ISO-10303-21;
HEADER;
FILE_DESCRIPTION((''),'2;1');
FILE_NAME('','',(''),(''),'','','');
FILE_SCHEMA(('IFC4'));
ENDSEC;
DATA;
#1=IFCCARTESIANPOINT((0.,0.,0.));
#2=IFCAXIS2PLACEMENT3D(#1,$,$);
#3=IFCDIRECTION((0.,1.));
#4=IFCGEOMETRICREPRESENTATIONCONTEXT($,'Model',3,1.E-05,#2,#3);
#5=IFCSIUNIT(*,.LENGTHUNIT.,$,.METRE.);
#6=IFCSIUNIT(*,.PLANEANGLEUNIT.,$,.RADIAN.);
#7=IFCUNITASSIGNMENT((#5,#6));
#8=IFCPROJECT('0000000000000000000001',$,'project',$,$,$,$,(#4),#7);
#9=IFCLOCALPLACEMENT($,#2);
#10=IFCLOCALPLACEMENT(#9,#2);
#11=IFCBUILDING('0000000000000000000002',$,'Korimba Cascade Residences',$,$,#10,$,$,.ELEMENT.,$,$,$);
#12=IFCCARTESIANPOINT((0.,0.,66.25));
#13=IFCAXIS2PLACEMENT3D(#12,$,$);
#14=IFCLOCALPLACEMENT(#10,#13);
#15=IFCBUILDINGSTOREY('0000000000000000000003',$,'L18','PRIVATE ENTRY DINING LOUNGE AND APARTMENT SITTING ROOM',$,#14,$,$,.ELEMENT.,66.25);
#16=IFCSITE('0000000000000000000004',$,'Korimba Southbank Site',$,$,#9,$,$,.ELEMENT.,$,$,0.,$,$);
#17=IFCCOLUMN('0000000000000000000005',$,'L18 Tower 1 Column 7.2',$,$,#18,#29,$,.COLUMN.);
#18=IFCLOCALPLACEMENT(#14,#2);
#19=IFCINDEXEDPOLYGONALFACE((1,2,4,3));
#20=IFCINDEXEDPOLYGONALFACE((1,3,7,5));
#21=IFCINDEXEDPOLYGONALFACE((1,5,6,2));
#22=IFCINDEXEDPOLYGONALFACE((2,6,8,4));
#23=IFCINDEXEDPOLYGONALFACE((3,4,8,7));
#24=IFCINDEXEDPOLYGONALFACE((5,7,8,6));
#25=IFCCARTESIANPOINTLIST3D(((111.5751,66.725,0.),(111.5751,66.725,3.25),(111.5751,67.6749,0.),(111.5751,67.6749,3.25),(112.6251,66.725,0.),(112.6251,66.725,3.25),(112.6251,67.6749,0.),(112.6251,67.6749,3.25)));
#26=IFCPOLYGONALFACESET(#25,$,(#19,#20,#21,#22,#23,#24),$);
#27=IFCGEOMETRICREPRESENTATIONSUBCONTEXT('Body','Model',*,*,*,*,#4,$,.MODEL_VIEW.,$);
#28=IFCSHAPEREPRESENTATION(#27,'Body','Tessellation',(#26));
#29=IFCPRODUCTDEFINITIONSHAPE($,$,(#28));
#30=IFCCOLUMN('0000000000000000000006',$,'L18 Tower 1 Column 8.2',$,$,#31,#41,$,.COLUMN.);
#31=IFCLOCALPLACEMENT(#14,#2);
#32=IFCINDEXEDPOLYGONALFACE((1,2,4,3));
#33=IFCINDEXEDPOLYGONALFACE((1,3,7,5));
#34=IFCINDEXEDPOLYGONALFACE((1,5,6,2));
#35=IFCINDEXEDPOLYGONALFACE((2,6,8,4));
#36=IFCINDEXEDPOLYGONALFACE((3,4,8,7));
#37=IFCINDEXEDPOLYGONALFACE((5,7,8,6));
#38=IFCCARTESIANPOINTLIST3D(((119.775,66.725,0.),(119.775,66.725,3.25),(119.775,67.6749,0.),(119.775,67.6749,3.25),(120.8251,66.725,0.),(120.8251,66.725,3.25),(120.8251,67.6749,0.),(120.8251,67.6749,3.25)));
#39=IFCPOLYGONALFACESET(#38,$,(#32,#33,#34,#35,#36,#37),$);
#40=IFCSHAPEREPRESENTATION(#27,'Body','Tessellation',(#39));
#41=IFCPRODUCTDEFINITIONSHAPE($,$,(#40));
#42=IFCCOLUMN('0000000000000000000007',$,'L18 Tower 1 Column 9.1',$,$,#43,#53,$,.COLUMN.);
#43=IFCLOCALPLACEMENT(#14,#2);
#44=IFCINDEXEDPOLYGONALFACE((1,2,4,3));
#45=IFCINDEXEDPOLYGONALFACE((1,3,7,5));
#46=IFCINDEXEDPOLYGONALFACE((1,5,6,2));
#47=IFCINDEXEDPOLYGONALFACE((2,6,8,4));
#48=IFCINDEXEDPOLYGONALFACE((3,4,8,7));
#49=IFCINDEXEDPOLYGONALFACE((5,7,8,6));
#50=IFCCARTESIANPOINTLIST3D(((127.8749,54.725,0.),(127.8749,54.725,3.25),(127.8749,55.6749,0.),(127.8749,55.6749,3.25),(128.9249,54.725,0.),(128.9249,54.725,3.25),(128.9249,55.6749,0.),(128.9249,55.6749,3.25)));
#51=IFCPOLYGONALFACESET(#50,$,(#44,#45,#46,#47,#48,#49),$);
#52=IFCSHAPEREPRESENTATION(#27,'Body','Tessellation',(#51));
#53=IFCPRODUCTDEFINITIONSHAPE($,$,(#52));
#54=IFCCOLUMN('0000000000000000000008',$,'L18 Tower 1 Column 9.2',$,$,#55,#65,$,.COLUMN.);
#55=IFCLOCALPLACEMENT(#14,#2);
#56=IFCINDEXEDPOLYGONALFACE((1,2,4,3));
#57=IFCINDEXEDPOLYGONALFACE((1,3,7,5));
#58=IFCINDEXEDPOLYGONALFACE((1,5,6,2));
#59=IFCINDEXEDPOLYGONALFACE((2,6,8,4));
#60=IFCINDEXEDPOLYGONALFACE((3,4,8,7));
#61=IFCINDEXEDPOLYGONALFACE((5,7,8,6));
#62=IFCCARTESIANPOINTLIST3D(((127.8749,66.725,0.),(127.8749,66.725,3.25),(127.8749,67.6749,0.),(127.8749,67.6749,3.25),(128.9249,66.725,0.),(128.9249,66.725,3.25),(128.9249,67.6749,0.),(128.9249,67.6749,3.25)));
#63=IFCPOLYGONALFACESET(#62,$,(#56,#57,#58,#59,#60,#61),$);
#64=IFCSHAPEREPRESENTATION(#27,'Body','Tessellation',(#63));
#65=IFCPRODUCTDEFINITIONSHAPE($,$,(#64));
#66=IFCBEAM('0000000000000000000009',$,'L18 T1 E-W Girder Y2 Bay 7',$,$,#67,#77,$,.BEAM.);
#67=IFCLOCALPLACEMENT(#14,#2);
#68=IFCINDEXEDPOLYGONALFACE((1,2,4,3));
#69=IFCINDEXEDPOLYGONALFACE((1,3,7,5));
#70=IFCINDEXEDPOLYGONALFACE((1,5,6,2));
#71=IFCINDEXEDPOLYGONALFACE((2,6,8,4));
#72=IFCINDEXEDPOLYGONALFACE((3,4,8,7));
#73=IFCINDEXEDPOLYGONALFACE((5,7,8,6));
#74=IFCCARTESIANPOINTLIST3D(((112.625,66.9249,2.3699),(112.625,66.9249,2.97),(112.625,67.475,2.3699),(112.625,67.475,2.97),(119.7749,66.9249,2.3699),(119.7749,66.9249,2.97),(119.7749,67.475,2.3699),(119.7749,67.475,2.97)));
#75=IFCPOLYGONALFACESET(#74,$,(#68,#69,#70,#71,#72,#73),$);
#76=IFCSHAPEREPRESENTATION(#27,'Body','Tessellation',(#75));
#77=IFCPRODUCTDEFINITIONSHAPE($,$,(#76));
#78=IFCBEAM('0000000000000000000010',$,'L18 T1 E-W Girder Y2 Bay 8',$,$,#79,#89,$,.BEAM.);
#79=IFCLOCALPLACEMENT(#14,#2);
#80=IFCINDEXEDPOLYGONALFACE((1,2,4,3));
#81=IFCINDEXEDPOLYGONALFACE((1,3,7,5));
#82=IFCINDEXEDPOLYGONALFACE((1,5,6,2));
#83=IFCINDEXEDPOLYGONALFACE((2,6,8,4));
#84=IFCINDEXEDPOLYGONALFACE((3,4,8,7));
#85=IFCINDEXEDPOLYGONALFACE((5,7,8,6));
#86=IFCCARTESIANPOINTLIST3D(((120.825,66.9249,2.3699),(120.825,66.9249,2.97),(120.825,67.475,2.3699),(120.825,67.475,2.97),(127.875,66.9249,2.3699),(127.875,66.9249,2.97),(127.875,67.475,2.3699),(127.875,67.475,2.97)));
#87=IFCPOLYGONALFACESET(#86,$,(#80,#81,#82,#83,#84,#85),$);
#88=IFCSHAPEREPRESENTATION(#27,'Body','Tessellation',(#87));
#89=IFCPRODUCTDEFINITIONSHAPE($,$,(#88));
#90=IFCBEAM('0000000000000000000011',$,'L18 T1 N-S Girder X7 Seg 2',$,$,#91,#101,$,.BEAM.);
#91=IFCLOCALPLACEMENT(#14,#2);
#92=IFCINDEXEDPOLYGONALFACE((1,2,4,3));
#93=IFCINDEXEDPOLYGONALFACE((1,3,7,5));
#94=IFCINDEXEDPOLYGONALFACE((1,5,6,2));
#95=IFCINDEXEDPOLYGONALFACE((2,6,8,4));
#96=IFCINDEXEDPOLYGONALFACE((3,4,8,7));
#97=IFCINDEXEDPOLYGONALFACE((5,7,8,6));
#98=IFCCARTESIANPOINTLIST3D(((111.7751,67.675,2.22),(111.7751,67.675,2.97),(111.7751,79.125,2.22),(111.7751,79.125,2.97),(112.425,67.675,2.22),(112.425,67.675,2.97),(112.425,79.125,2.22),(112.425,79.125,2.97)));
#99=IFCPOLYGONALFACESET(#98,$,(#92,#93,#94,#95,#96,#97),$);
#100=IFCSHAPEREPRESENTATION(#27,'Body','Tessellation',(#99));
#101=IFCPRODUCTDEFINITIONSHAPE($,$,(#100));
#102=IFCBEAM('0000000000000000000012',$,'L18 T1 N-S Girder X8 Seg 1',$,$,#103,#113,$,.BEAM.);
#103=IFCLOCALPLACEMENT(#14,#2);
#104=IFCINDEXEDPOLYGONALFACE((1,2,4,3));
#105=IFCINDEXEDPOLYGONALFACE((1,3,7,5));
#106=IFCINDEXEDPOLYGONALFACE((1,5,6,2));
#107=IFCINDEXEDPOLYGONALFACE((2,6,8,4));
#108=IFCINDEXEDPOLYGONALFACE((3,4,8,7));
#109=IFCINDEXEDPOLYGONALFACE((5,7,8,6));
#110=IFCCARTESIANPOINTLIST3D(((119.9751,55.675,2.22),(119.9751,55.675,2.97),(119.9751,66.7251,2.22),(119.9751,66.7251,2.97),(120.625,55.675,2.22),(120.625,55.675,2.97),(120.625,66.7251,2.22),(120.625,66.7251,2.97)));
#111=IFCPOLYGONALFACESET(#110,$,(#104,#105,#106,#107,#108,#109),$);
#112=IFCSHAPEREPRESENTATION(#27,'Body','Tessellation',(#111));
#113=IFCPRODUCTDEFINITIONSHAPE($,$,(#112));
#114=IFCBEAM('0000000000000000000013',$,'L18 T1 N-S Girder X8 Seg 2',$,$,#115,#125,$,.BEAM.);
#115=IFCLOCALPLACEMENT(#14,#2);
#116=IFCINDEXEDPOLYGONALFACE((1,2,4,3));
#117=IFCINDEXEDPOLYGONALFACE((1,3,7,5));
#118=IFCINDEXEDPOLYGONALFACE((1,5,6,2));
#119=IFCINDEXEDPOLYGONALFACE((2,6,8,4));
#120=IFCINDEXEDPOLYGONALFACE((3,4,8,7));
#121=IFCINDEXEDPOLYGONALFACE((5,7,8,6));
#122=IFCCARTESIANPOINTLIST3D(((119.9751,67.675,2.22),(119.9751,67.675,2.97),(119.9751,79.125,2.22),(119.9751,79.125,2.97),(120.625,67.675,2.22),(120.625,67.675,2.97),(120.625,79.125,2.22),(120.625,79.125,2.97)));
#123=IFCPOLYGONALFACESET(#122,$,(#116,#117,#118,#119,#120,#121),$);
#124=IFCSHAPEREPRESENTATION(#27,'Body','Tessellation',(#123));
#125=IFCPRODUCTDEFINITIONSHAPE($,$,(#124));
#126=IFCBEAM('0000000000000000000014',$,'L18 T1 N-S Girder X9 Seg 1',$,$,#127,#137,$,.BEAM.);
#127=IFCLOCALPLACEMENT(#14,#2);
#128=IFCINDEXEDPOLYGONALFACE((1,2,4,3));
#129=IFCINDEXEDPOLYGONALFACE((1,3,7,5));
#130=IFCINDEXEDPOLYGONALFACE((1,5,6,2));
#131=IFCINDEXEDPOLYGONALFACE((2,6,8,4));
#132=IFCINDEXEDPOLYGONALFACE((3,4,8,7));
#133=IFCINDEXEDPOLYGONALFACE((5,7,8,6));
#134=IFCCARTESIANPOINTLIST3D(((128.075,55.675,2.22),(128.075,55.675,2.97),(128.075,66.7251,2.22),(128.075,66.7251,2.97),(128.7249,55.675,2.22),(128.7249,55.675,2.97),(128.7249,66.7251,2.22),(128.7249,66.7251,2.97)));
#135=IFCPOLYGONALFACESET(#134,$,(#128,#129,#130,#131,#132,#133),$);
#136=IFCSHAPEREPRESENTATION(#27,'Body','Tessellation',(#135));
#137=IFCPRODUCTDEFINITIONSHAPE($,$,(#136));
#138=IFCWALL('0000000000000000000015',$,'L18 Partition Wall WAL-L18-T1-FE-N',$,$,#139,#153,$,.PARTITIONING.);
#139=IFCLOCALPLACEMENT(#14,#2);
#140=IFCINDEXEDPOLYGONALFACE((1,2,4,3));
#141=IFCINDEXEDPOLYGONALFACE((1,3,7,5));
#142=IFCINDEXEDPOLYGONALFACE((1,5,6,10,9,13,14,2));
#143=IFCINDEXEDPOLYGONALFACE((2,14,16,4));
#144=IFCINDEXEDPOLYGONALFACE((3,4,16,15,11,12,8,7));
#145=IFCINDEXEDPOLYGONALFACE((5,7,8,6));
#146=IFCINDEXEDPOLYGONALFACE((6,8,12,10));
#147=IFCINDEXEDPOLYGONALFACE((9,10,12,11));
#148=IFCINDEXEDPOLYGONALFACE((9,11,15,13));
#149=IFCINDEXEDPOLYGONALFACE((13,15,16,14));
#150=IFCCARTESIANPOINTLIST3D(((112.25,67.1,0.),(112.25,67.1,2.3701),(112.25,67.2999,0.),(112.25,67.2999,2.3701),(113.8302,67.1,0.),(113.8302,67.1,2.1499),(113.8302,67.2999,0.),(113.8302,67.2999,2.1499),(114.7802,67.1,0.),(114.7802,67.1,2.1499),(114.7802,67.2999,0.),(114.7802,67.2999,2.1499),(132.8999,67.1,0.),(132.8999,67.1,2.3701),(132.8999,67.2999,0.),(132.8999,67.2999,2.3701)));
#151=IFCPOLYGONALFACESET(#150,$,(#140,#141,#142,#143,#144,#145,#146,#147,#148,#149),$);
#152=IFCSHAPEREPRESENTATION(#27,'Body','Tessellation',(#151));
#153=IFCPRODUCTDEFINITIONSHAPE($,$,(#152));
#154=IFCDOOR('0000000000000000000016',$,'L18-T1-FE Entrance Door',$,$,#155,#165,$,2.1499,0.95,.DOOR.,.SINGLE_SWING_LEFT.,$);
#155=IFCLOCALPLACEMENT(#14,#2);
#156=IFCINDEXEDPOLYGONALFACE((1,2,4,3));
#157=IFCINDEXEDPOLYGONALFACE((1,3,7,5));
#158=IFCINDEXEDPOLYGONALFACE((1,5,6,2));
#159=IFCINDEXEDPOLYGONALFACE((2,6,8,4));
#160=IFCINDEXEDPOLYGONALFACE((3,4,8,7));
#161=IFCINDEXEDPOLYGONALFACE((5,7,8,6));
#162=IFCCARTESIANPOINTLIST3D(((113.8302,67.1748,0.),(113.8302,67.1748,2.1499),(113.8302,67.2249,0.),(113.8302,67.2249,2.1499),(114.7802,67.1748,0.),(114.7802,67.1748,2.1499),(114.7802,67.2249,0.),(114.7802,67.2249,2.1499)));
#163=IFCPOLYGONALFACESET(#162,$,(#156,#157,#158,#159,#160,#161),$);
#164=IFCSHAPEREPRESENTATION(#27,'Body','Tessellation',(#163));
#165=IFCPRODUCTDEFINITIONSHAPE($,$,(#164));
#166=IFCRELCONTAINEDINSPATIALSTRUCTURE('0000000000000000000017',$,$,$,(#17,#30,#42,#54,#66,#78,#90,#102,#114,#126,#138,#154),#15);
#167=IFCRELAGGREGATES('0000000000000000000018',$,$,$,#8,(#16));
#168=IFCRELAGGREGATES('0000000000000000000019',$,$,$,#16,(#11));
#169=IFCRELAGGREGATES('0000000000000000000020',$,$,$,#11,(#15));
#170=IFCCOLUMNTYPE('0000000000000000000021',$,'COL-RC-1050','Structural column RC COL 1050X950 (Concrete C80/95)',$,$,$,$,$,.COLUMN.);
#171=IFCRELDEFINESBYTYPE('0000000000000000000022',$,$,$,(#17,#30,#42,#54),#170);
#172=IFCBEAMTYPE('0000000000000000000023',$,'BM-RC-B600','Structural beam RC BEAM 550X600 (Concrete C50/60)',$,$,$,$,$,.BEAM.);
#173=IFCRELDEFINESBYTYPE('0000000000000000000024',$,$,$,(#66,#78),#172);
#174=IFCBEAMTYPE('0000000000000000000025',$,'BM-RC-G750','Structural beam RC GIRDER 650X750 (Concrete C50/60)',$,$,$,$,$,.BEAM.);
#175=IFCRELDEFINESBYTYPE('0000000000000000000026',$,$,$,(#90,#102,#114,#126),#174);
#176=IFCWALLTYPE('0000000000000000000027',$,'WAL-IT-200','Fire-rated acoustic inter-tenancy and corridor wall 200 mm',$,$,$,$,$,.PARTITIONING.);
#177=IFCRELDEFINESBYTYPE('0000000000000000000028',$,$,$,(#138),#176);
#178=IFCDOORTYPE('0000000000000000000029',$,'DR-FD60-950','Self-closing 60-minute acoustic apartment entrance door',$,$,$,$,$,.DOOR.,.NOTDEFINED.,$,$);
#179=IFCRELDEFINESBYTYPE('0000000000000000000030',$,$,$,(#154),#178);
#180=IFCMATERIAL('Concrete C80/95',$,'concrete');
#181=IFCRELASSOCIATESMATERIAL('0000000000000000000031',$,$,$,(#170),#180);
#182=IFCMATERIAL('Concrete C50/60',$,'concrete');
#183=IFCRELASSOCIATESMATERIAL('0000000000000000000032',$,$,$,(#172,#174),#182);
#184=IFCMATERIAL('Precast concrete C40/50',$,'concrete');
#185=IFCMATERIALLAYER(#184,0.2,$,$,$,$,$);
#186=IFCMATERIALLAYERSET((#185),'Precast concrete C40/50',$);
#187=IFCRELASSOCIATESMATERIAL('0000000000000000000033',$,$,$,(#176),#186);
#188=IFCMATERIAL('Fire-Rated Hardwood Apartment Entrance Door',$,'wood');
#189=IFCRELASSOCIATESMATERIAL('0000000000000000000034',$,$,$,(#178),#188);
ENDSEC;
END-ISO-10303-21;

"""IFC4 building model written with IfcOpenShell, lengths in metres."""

from ifc_helpers import new_model, si_unit, direction, frame, frame_2d, origin, origin_2d, place, context, subcontext, project, spatial, rectangle, extrude, material, layer, layer_set, material_profile, profile_set, type_object, element, fill, save


model = new_model("IFC4")

# Units and contexts
model_context = context("Model", 3, precision=1e-05, world=origin(), true_north=direction((0.0, 1.0)))
body_context = subcontext(model_context, "Body", "Model", "MODEL_VIEW")
ifc_project = project(units=[si_unit("LENGTHUNIT", "METRE"), si_unit("PLANEANGLEUNIT", "RADIAN")], contexts=[model_context])

# Site, building, storey
site_placement = place(None, origin())
site = spatial("IfcSite", under=ifc_project, at=site_placement, Name="Korimba Southbank Site", CompositionType="ELEMENT", RefElevation=0.0)
building_placement = place(site_placement, origin())
building = spatial("IfcBuilding", under=site, at=building_placement, Name="Korimba Cascade Residences", CompositionType="ELEMENT")
storey_placement = place(building_placement, frame((0.0, 0.0, 66.25)))
storey = spatial("IfcBuildingStorey", under=building, at=storey_placement, Name="L18", Description="PRIVATE ENTRY DINING LOUNGE AND APARTMENT SITTING ROOM", CompositionType="ELEMENT", Elevation=66.25)

# Columns
ifc_material_1 = material(Name="Concrete C80/95", Category="concrete")
ifc_material_profile_1 = material_profile(ifc_material_1, rectangle(XDim=1.05, YDim=0.95, at=origin_2d()), Name="Concrete C80/95")
ifc_profile_set_1 = profile_set([ifc_material_profile_1], Name="Concrete C80/95")
column_type = type_object("IfcColumnType", Name="COL-RC-1050", Description="Structural column RC COL 1050X950 (Concrete C80/95)", PredefinedType="COLUMN", material=ifc_profile_set_1)
for number, where, z_axis, x_axis, name in (
    (1, (112.1001, 67.2, 0.0), (0.0, 0.0, 1.0), (1.0, 0.0, 0.0), "L18 Tower 1 Column 7.2"),
    (2, (120.3, 67.2, 0.0), (0.0, 0.0, 1.0), (1.0, 0.0, 0.0), "L18 Tower 1 Column 8.2"),
    (3, (128.3999, 55.2, 0.0), (0.0, 0.0, 1.0), (1.0, 0.0, 0.0), "L18 Tower 1 Column 9.1"),
    (4, (128.3999, 67.2, 0.0), (0.0, 0.0, 1.0), (1.0, 0.0, 0.0), "L18 Tower 1 Column 9.2"),
):
    element("IfcColumn", number, at=place(storey_placement, frame(where, z_axis=z_axis, x_axis=x_axis)), inside=storey, type_object=column_type, Name=name, PredefinedType="COLUMN", context=body_context, shape_type="SweptSolid", body=[
        extrude(rectangle(XDim=1.05, YDim=0.95, at=origin_2d()), origin(), (0.0, 0.0, 1.0), 3.25),
    ])

# Beams
ifc_material_2 = material(Name="Concrete C50/60", Category="concrete")
ifc_material_profile_2 = material_profile(ifc_material_2, rectangle(XDim=0.55, YDim=0.6001, at=origin_2d()), Name="Concrete C50/60")
ifc_profile_set_2 = profile_set([ifc_material_profile_2], Name="Concrete C50/60")
beam_type_1 = type_object("IfcBeamType", Name="BM-RC-B600", Description="Structural beam RC BEAM 550X600 (Concrete C50/60)", PredefinedType="BEAM", material=ifc_profile_set_2)
beam_1_placement = place(storey_placement, frame((112.625, 67.2, 2.6699), z_axis=(1.0, 0.0, 0.0), x_axis=(0.0, 1.0, 0.0)))
element("IfcBeam", 5, at=beam_1_placement, inside=storey, type_object=beam_type_1, Name="L18 T1 E-W Girder Y2 Bay 7", PredefinedType="BEAM", context=body_context, shape_type="SweptSolid", body=[
    extrude(rectangle(XDim=0.55, YDim=0.6001, at=origin_2d()), origin(), (0.0, 0.0, 1.0), 7.1499),
])
beam_2_placement = place(storey_placement, frame((120.825, 67.2, 2.6699), z_axis=(1.0, 0.0, 0.0), x_axis=(0.0, 1.0, 0.0)))
element("IfcBeam", 6, at=beam_2_placement, inside=storey, type_object=beam_type_1, Name="L18 T1 E-W Girder Y2 Bay 8", PredefinedType="BEAM", context=body_context, shape_type="SweptSolid", body=[
    extrude(rectangle(XDim=0.55, YDim=0.6001, at=origin_2d()), origin(), (0.0, 0.0, 1.0), 7.05),
])
ifc_material_profile_3 = material_profile(ifc_material_2, rectangle(XDim=0.6499, YDim=0.75, at=origin_2d()), Name="Concrete C50/60")
ifc_profile_set_3 = profile_set([ifc_material_profile_3], Name="Concrete C50/60")
beam_type_2 = type_object("IfcBeamType", Name="BM-RC-G750", Description="Structural beam RC GIRDER 650X750 (Concrete C50/60)", PredefinedType="BEAM", material=ifc_profile_set_3)
beam_3_placement = place(storey_placement, frame((112.1001, 67.675, 2.595), z_axis=(0.0, 1.0, 0.0), x_axis=(-1.0, 0.0, 0.0)))
element("IfcBeam", 7, at=beam_3_placement, inside=storey, type_object=beam_type_2, Name="L18 T1 N-S Girder X7 Seg 2", PredefinedType="BEAM", context=body_context, shape_type="SweptSolid", body=[
    extrude(rectangle(XDim=0.6499, YDim=0.75, at=origin_2d()), origin(), (0.0, 0.0, 1.0), 11.45),
])
beam_4_placement = place(storey_placement, frame((120.3, 55.675, 2.595), z_axis=(0.0, 1.0, 0.0), x_axis=(-1.0, 0.0, 0.0)))
element("IfcBeam", 8, at=beam_4_placement, inside=storey, type_object=beam_type_2, Name="L18 T1 N-S Girder X8 Seg 1", PredefinedType="BEAM", context=body_context, shape_type="SweptSolid", body=[
    extrude(rectangle(XDim=0.6499, YDim=0.75, at=origin_2d()), origin(), (0.0, 0.0, 1.0), 11.05),
])
beam_5_placement = place(storey_placement, frame((120.3, 67.675, 2.595), z_axis=(0.0, 1.0, 0.0), x_axis=(-1.0, 0.0, 0.0)))
element("IfcBeam", 9, at=beam_5_placement, inside=storey, type_object=beam_type_2, Name="L18 T1 N-S Girder X8 Seg 2", PredefinedType="BEAM", context=body_context, shape_type="SweptSolid", body=[
    extrude(rectangle(XDim=0.6499, YDim=0.75, at=origin_2d()), origin(), (0.0, 0.0, 1.0), 11.45),
])
beam_6_placement = place(storey_placement, frame((128.3999, 55.675, 2.595), z_axis=(0.0, 1.0, 0.0), x_axis=(-1.0, 0.0, 0.0)))
element("IfcBeam", 10, at=beam_6_placement, inside=storey, type_object=beam_type_2, Name="L18 T1 N-S Girder X9 Seg 1", PredefinedType="BEAM", context=body_context, shape_type="SweptSolid", body=[
    extrude(rectangle(XDim=0.6499, YDim=0.75, at=origin_2d()), origin(), (0.0, 0.0, 1.0), 11.05),
])

# Wall, opening, door
ifc_material_3 = material(Name="Precast concrete C40/50", Category="concrete")
ifc_layer_1 = layer(ifc_material_3, 0.2)
ifc_layer_set_1 = layer_set([ifc_layer_1], Name="Precast concrete C40/50")
wall_type_1 = type_object("IfcWallType", Name="WAL-IT-200", Description="Fire-rated acoustic inter-tenancy and corridor wall 200 mm", PredefinedType="PARTITIONING", material=ifc_layer_set_1)
wall_1_placement = place(storey_placement, frame((112.25, 67.2, 0.0), z_axis=(0.0, 0.0, 1.0), x_axis=(1.0, 0.0, 0.0)))
wall_1 = element("IfcWall", 11, at=wall_1_placement, inside=storey, type_object=wall_type_1, Name="L18 Partition Wall WAL-L18-T1-FE-N", PredefinedType="PARTITIONING", context=body_context, shape_type="SweptSolid", body=[
    extrude(rectangle(XDim=20.6499, YDim=0.2, at=frame_2d((10.325, 0.0))), origin(), (0.0, 0.0, 1.0), 2.3701),
])
opening_1_placement = place(wall_1_placement, frame((1.5801, 0.0, 0.0)))
opening_1 = element("IfcOpeningElement", 12, at=opening_1_placement, cuts=wall_1, PredefinedType="OPENING", context=body_context, shape_type="SweptSolid", body=[
    extrude(rectangle(XDim=0.95, YDim=2.1499, at=frame_2d((0.4751, 1.075))), frame((0.0, 0.1099, 0.0), z_axis=(0.0, -1.0, 0.0), x_axis=(1.0, 0.0, 0.0)), (0.0, 0.0, 1.0), 0.22),
])
ifc_material_4 = material(Name="Fire-Rated Hardwood Apartment Entrance Door", Category="wood")
door_type_1 = type_object("IfcDoorType", Name="DR-FD60-950", Description="Self-closing 60-minute acoustic apartment entrance door", OperationType="NOTDEFINED", PredefinedType="DOOR", material=ifc_material_4)
door_1_placement = place(opening_1_placement, origin())
door_1 = element("IfcDoor", 13, at=door_1_placement, inside=storey, type_object=door_type_1, Name="L18-T1-FE Entrance Door", OperationType="SINGLE_SWING_LEFT", OverallHeight=2.1499, OverallWidth=0.95, PredefinedType="DOOR", context=body_context, shape_type="SweptSolid", body=[
    extrude(rectangle(XDim=0.95, YDim=2.1499, at=frame_2d((0.4751, 1.075))), frame((0.0, 0.0249, 0.0), z_axis=(0.0, -1.0, 0.0), x_axis=(1.0, 0.0, 0.0)), (0.0, 0.0, 1.0), 0.05),
])
fill(opening_1, door_1)

save(model, "model.ifc")
